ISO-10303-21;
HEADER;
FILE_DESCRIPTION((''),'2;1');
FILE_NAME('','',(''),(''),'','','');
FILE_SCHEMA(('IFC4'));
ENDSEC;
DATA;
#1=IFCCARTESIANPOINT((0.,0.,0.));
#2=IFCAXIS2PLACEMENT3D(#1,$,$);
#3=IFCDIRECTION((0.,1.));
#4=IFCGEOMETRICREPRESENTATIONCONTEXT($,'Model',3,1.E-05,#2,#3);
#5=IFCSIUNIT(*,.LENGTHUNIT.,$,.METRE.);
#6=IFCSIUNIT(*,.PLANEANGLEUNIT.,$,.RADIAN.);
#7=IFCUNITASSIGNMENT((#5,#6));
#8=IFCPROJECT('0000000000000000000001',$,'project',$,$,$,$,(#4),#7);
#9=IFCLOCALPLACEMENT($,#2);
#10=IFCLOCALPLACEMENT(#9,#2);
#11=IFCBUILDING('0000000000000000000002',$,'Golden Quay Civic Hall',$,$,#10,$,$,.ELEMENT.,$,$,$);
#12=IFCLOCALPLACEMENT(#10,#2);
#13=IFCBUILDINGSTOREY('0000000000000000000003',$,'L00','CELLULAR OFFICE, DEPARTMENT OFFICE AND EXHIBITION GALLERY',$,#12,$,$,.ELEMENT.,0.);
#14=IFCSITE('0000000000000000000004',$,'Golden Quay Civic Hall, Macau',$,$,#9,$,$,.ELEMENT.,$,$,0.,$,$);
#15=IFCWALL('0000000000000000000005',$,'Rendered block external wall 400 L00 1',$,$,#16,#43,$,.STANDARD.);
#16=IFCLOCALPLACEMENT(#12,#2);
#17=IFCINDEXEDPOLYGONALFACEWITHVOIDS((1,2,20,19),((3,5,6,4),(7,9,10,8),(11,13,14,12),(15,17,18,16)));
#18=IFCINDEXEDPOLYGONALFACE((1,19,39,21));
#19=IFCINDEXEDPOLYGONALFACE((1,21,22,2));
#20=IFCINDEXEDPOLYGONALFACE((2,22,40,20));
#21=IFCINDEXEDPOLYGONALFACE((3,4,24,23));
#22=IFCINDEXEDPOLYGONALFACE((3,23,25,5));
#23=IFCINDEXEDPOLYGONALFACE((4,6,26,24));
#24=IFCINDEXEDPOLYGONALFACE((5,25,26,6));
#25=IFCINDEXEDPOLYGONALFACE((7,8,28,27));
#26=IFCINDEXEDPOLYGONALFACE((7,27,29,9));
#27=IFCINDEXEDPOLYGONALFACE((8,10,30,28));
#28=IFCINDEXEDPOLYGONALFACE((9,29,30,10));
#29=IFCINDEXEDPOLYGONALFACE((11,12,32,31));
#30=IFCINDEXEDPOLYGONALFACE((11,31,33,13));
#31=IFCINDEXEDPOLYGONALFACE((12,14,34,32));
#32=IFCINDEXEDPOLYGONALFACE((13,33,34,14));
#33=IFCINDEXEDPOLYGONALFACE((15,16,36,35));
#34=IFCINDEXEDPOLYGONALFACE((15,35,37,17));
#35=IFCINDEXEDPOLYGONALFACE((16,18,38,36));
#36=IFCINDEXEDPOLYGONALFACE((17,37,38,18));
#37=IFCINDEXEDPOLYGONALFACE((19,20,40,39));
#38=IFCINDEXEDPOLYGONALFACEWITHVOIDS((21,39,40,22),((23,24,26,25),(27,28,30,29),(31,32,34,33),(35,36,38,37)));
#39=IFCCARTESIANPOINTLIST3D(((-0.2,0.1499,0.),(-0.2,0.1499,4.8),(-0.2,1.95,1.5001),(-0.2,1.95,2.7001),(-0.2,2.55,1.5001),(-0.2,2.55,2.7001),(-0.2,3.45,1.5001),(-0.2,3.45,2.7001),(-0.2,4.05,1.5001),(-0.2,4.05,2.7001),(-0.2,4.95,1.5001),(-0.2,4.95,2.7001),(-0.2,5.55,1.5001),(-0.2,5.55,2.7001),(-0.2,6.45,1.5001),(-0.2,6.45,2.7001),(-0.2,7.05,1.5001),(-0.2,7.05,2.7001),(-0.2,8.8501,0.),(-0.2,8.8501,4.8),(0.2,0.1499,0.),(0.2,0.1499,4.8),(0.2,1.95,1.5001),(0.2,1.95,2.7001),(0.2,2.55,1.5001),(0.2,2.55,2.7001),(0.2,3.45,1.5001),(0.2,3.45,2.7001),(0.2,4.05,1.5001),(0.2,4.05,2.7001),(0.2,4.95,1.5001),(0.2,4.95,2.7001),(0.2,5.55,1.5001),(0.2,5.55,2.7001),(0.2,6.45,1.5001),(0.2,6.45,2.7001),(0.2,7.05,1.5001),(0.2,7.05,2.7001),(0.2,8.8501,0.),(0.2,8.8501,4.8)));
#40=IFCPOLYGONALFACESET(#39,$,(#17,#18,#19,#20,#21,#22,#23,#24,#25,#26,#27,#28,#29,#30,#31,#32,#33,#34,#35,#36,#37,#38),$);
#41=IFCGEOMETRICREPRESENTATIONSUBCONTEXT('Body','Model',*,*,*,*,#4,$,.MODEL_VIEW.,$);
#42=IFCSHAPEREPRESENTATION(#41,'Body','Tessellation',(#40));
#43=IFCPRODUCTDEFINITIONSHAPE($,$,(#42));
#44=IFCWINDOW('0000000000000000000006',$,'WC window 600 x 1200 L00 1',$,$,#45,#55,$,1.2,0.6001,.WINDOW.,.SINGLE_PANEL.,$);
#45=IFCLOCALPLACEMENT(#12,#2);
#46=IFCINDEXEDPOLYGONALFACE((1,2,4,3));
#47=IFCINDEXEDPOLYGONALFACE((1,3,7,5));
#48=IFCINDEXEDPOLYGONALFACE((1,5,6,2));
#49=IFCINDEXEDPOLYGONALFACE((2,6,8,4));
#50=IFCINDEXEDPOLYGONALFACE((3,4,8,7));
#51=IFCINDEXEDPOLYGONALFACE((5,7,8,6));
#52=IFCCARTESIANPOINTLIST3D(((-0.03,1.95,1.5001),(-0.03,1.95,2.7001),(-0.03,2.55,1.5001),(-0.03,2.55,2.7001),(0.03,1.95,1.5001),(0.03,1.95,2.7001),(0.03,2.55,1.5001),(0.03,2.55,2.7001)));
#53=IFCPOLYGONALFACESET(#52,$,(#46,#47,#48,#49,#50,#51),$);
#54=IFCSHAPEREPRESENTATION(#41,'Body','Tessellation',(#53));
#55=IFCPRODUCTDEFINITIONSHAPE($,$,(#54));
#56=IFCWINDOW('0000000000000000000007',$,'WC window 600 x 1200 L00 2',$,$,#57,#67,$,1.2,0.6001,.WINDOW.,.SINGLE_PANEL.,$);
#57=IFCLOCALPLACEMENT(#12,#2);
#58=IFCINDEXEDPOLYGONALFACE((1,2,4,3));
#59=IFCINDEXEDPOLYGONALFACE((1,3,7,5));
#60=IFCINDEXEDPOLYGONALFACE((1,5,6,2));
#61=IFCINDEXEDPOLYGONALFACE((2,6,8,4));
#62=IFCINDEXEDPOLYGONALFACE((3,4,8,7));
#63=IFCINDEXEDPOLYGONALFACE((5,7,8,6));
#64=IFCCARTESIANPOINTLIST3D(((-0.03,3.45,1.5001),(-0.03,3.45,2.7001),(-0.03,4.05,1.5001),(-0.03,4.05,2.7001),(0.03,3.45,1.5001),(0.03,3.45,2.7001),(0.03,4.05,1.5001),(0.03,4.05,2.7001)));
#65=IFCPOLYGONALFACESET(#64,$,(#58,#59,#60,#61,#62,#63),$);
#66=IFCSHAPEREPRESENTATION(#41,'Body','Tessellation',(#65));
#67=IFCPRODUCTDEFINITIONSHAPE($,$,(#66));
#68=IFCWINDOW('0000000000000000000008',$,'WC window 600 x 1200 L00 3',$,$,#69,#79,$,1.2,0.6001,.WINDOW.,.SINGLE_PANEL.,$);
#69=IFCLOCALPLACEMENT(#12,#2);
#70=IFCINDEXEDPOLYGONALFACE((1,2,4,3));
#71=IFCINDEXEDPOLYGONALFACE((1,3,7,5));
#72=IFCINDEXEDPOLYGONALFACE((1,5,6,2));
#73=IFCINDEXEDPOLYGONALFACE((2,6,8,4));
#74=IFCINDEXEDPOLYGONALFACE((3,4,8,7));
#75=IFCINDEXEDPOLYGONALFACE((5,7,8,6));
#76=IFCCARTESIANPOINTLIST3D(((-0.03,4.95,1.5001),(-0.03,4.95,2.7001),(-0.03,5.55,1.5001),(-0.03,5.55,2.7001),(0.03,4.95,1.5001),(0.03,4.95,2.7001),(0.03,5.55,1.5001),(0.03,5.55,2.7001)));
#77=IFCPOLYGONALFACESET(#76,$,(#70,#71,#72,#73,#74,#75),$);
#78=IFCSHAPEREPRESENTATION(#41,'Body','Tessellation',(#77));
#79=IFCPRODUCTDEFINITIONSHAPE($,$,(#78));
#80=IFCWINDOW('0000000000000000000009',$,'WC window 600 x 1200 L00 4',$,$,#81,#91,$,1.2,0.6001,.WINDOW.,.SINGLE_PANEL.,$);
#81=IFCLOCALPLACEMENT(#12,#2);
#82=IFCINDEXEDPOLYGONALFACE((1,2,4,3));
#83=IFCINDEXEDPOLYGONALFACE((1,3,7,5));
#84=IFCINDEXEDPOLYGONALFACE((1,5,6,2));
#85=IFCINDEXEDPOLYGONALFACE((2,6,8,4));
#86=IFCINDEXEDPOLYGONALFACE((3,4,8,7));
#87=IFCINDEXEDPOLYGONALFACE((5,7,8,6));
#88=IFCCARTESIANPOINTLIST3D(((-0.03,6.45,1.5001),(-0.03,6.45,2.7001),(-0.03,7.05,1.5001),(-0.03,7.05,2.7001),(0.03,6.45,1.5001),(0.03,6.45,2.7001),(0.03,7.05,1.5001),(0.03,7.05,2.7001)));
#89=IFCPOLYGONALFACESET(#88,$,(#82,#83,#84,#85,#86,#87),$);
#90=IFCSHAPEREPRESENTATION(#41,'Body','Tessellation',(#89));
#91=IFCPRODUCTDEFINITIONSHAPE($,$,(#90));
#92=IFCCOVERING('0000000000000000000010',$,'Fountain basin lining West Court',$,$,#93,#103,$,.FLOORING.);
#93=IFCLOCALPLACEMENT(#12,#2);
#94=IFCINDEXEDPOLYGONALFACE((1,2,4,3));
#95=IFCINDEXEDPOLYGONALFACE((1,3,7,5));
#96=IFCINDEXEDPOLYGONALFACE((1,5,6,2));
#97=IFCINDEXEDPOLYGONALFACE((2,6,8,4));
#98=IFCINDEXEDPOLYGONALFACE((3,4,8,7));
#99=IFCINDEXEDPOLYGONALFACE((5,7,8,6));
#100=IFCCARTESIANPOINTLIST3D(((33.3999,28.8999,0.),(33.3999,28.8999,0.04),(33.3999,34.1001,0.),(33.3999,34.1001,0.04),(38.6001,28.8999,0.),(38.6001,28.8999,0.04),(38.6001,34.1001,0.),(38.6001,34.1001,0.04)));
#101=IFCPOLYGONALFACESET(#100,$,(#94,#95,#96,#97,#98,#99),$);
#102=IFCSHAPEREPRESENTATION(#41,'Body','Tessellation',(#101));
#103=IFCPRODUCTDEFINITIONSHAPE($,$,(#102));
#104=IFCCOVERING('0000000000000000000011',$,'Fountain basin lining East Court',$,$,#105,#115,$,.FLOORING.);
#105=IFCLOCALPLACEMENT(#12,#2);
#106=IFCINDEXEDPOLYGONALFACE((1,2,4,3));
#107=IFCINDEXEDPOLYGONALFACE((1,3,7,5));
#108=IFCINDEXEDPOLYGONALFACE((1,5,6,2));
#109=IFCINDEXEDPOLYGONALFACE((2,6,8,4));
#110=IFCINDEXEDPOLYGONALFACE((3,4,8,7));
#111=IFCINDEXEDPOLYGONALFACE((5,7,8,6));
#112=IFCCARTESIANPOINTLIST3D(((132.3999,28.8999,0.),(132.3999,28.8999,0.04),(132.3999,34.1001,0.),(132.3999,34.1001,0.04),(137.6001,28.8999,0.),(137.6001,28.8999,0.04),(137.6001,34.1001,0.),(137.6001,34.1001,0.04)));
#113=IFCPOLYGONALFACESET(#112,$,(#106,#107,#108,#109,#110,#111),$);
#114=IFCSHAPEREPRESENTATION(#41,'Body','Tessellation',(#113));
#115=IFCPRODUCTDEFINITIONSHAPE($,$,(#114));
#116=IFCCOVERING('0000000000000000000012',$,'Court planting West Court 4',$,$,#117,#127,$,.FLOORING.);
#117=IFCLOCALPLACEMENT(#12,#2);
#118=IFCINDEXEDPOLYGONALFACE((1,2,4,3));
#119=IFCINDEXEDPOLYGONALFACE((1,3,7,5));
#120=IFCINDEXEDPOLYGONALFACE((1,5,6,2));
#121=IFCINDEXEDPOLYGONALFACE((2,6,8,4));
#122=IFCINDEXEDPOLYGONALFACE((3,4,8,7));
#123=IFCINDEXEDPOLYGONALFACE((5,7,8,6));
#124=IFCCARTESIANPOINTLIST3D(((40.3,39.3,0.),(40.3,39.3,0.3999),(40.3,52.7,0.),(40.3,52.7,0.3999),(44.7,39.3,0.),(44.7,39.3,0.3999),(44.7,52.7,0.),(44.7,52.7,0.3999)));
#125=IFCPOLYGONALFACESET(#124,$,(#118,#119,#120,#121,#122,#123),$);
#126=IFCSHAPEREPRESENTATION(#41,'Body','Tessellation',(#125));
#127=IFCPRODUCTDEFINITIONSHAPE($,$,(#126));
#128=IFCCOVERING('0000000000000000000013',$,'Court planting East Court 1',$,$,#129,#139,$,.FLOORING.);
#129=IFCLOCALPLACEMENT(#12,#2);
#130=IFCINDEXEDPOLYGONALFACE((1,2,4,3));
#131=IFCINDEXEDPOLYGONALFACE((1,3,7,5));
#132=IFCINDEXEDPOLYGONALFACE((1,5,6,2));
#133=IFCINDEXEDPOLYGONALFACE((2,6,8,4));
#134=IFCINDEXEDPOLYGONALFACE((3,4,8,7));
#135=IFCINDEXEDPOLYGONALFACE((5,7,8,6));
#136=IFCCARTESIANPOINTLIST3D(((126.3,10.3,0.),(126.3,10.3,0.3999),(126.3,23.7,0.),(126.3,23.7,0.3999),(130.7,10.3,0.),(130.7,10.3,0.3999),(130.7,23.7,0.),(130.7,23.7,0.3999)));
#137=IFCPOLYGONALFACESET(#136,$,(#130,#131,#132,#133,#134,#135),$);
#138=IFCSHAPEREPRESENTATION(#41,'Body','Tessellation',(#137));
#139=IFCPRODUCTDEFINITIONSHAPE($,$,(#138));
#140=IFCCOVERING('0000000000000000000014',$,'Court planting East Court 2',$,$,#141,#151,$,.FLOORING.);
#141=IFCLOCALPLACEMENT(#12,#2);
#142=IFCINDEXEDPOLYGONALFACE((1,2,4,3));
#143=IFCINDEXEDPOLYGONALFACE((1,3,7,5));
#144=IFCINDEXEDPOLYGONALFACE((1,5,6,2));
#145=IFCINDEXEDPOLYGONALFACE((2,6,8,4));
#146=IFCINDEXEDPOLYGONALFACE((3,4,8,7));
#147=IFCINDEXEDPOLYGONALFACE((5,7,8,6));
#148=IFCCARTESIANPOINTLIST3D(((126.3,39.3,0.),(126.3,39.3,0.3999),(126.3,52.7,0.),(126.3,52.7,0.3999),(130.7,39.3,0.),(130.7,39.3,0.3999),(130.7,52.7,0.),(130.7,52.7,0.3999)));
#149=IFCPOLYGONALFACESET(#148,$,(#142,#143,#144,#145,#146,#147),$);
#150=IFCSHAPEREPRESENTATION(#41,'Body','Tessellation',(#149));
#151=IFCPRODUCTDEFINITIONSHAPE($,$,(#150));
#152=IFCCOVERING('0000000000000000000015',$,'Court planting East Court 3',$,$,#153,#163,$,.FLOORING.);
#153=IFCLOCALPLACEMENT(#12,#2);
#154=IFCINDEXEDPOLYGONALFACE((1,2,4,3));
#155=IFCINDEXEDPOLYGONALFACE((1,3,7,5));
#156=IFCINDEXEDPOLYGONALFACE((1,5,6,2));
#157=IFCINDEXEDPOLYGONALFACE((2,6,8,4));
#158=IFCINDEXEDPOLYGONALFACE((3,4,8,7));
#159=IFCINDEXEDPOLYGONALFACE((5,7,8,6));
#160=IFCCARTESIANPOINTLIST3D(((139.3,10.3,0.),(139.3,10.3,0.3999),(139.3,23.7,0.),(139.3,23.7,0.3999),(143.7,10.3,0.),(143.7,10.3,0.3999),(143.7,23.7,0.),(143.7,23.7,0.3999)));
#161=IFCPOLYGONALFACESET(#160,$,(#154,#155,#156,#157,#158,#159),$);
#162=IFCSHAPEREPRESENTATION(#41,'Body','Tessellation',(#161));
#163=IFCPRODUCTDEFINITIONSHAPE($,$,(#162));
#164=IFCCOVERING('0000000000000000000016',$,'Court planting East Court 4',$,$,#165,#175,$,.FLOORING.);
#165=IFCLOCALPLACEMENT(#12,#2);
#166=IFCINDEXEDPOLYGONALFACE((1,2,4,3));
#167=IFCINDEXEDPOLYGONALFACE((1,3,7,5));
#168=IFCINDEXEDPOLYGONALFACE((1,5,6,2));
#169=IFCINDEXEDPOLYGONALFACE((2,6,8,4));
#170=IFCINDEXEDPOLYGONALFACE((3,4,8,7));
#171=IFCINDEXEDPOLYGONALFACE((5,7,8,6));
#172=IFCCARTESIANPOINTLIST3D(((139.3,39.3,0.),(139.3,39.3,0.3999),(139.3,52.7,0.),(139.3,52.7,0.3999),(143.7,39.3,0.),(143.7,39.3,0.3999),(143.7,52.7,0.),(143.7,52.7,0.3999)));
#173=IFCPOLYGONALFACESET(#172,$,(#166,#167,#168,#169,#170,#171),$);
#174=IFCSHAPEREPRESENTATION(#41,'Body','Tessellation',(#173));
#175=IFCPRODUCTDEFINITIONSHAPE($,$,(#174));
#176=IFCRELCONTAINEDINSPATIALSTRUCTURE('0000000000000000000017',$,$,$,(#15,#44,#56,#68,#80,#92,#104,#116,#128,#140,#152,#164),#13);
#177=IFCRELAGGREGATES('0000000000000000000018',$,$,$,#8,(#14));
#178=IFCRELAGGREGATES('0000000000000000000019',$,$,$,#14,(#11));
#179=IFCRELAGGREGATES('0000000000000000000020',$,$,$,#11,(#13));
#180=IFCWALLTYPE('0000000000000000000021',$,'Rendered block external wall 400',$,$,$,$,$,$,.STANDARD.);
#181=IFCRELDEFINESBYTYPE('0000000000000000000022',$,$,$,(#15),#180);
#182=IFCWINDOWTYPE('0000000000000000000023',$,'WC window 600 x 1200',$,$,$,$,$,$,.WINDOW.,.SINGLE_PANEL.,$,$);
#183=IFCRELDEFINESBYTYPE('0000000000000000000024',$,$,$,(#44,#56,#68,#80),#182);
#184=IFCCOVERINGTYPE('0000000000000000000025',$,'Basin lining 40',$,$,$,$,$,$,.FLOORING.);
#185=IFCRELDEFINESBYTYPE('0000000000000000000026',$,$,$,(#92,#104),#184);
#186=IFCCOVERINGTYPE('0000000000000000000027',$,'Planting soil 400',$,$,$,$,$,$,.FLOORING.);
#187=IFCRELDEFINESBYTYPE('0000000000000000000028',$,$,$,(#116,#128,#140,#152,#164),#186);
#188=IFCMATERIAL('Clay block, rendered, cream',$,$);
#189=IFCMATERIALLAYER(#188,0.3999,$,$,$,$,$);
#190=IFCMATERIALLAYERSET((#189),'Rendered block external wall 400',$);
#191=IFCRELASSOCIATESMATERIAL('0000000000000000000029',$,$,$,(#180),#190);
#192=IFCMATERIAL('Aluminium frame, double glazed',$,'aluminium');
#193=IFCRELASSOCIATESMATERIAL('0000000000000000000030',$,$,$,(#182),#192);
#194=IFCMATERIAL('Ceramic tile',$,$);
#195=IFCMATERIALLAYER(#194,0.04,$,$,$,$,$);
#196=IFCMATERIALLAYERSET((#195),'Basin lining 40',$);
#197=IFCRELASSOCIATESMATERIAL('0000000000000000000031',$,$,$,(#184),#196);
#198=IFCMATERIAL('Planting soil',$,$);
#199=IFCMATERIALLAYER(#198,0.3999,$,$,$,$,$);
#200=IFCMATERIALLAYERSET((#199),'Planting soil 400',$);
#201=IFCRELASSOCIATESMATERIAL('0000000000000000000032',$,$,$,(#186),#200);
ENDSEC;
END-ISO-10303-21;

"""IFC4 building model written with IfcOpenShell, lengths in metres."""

from ifc_helpers import new_model, si_unit, direction, frame, frame_2d, origin, place, context, subcontext, project, spatial, polyline, rectangle, outline, extrude, material, layer, layer_set, type_object, element, fill, save


model = new_model("IFC4")

# Units and contexts
model_context = context("Model", 3, precision=1e-05, world=origin(), true_north=direction((0.0, 1.0)))
body_context = subcontext(model_context, "Body", "Model", "MODEL_VIEW")
ifc_project = project(units=[si_unit("LENGTHUNIT", "METRE"), si_unit("PLANEANGLEUNIT", "RADIAN")], contexts=[model_context])

# Site, building, storey
site_placement = place(None, origin())
site = spatial("IfcSite", under=ifc_project, at=site_placement, Name="Golden Quay Civic Hall, Macau", CompositionType="ELEMENT", RefElevation=0.0)
building_placement = place(site_placement, origin())
building = spatial("IfcBuilding", under=site, at=building_placement, Name="Golden Quay Civic Hall", CompositionType="ELEMENT")
storey_placement = place(building_placement, origin())
storey = spatial("IfcBuildingStorey", under=building, at=storey_placement, Name="L00", Description="CELLULAR OFFICE, DEPARTMENT OFFICE AND EXHIBITION GALLERY", CompositionType="ELEMENT", Elevation=0.0)

# Wall, openings, windows
ifc_material_1 = material(Name="Clay block, rendered, cream")
ifc_layer_1 = layer(ifc_material_1, 0.3999)
ifc_layer_set_1 = layer_set([ifc_layer_1], Name="Rendered block external wall 400")
wall_type_1 = type_object("IfcWallType", Name="Rendered block external wall 400", PredefinedType="STANDARD", material=ifc_layer_set_1)
wall_placement = place(storey_placement, frame((0.0, 0.1499, 0.0), z_axis=(0.0, 0.0, 1.0), x_axis=(0.0, 1.0, 0.0)))
wall = element("IfcWall", 1, at=wall_placement, inside=storey, type_object=wall_type_1, Name="Rendered block external wall 400 L00 1", PredefinedType="STANDARD", context=body_context, shape_type="SweptSolid", body=[
    extrude(rectangle(XDim=8.7002, YDim=0.3999, at=frame_2d((4.3501, 0.0))), origin(), (0.0, 0.0, 1.0), 4.8),
])
opening_1_placement = place(wall_placement, frame((1.8, 0.0, 1.5)))
opening_1 = element("IfcOpeningElement", 2, at=opening_1_placement, cuts=wall, PredefinedType="OPENING", context=body_context, shape_type="SweptSolid", body=[
    extrude(rectangle(XDim=0.6001, YDim=1.2, at=frame_2d((0.3, 0.6001))), frame((0.0, 0.21, 0.0), z_axis=(0.0, -1.0, 0.0), x_axis=(1.0, 0.0, 0.0)), (0.0, 0.0, 1.0), 0.4199),
])
opening_2_placement = place(wall_placement, frame((3.3, 0.0, 1.5)))
opening_2 = element("IfcOpeningElement", 3, at=opening_2_placement, cuts=wall, PredefinedType="OPENING", context=body_context, shape_type="SweptSolid", body=[
    extrude(rectangle(XDim=0.6001, YDim=1.2, at=frame_2d((0.3, 0.6001))), frame((0.0, 0.21, 0.0), z_axis=(0.0, -1.0, 0.0), x_axis=(1.0, 0.0, 0.0)), (0.0, 0.0, 1.0), 0.4199),
])
opening_3_placement = place(wall_placement, frame((4.8, 0.0, 1.5)))
opening_3 = element("IfcOpeningElement", 4, at=opening_3_placement, cuts=wall, PredefinedType="OPENING", context=body_context, shape_type="SweptSolid", body=[
    extrude(rectangle(XDim=0.6001, YDim=1.2, at=frame_2d((0.3, 0.6001))), frame((0.0, 0.21, 0.0), z_axis=(0.0, -1.0, 0.0), x_axis=(1.0, 0.0, 0.0)), (0.0, 0.0, 1.0), 0.4199),
])
opening_4_placement = place(wall_placement, frame((6.3, 0.0, 1.5)))
opening_4 = element("IfcOpeningElement", 5, at=opening_4_placement, cuts=wall, PredefinedType="OPENING", context=body_context, shape_type="SweptSolid", body=[
    extrude(rectangle(XDim=0.6001, YDim=1.2, at=frame_2d((0.3, 0.6001))), frame((0.0, 0.21, 0.0), z_axis=(0.0, -1.0, 0.0), x_axis=(1.0, 0.0, 0.0)), (0.0, 0.0, 1.0), 0.4199),
])
ifc_material_2 = material(Name="Aluminium frame, double glazed", Category="aluminium")
window_type = type_object("IfcWindowType", Name="WC window 600 x 1200", PartitioningType="SINGLE_PANEL", PredefinedType="WINDOW", material=ifc_material_2)
window_1_placement = place(opening_1_placement, origin())
window_1 = element("IfcWindow", 6, at=window_1_placement, inside=storey, type_object=window_type, Name="WC window 600 x 1200 L00 1", OverallHeight=1.2, OverallWidth=0.6001, PartitioningType="SINGLE_PANEL", PredefinedType="WINDOW", context=body_context, shape_type="SweptSolid", body=[
    extrude(rectangle(XDim=0.6001, YDim=1.2, at=frame_2d((0.3, 0.6001))), frame((0.0, 0.03, 0.0), z_axis=(0.0, -1.0, 0.0), x_axis=(1.0, 0.0, 0.0)), (0.0, 0.0, 1.0), 0.0601),
])
fill(opening_1, window_1)
window_2_placement = place(opening_2_placement, origin())
window_2 = element("IfcWindow", 7, at=window_2_placement, inside=storey, type_object=window_type, Name="WC window 600 x 1200 L00 2", OverallHeight=1.2, OverallWidth=0.6001, PartitioningType="SINGLE_PANEL", PredefinedType="WINDOW", context=body_context, shape_type="SweptSolid", body=[
    extrude(rectangle(XDim=0.6001, YDim=1.2, at=frame_2d((0.3, 0.6001))), frame((0.0, 0.03, 0.0), z_axis=(0.0, -1.0, 0.0), x_axis=(1.0, 0.0, 0.0)), (0.0, 0.0, 1.0), 0.0601),
])
fill(opening_2, window_2)
window_3_placement = place(opening_3_placement, origin())
window_3 = element("IfcWindow", 8, at=window_3_placement, inside=storey, type_object=window_type, Name="WC window 600 x 1200 L00 3", OverallHeight=1.2, OverallWidth=0.6001, PartitioningType="SINGLE_PANEL", PredefinedType="WINDOW", context=body_context, shape_type="SweptSolid", body=[
    extrude(rectangle(XDim=0.6001, YDim=1.2, at=frame_2d((0.3, 0.6001))), frame((0.0, 0.03, 0.0), z_axis=(0.0, -1.0, 0.0), x_axis=(1.0, 0.0, 0.0)), (0.0, 0.0, 1.0), 0.0601),
])
fill(opening_3, window_3)
window_4_placement = place(opening_4_placement, origin())
window_4 = element("IfcWindow", 9, at=window_4_placement, inside=storey, type_object=window_type, Name="WC window 600 x 1200 L00 4", OverallHeight=1.2, OverallWidth=0.6001, PartitioningType="SINGLE_PANEL", PredefinedType="WINDOW", context=body_context, shape_type="SweptSolid", body=[
    extrude(rectangle(XDim=0.6001, YDim=1.2, at=frame_2d((0.3, 0.6001))), frame((0.0, 0.03, 0.0), z_axis=(0.0, -1.0, 0.0), x_axis=(1.0, 0.0, 0.0)), (0.0, 0.0, 1.0), 0.0601),
])
fill(opening_4, window_4)

# Coverings
ifc_material_3 = material(Name="Ceramic tile")
ifc_layer_2 = layer(ifc_material_3, 0.04)
ifc_layer_set_2 = layer_set([ifc_layer_2], Name="Basin lining 40")
covering_type_1 = type_object("IfcCoveringType", Name="Basin lining 40", PredefinedType="FLOORING", material=ifc_layer_set_2)
covering_1_placement = place(storey_placement, origin())
element("IfcCovering", 10, at=covering_1_placement, inside=storey, type_object=covering_type_1, Name="Fountain basin lining West Court", PredefinedType="FLOORING", context=body_context, shape_type="SweptSolid", body=[
    extrude(outline(polyline([(33.3999, 28.8999), (38.6001, 28.8999), (38.6001, 34.1001), (33.3999, 34.1001), (33.3999, 28.8999)])), origin(), (0.0, 0.0, 1.0), 0.04),
])
covering_2_placement = place(storey_placement, origin())
element("IfcCovering", 11, at=covering_2_placement, inside=storey, type_object=covering_type_1, Name="Fountain basin lining East Court", PredefinedType="FLOORING", context=body_context, shape_type="SweptSolid", body=[
    extrude(outline(polyline([(132.3999, 28.8999), (137.6001, 28.8999), (137.6001, 34.1001), (132.3999, 34.1001), (132.3999, 28.8999)])), origin(), (0.0, 0.0, 1.0), 0.04),
])
ifc_material_4 = material(Name="Planting soil")
ifc_layer_3 = layer(ifc_material_4, 0.3999)
ifc_layer_set_3 = layer_set([ifc_layer_3], Name="Planting soil 400")
covering_type_2 = type_object("IfcCoveringType", Name="Planting soil 400", PredefinedType="FLOORING", material=ifc_layer_set_3)
covering_3_placement = place(storey_placement, origin())
element("IfcCovering", 12, at=covering_3_placement, inside=storey, type_object=covering_type_2, Name="Court planting West Court 4", PredefinedType="FLOORING", context=body_context, shape_type="SweptSolid", body=[
    extrude(outline(polyline([(40.3, 39.3), (44.7, 39.3), (44.7, 52.7), (40.3, 52.7), (40.3, 39.3)])), origin(), (0.0, 0.0, 1.0), 0.3999),
])
covering_4_placement = place(storey_placement, origin())
element("IfcCovering", 13, at=covering_4_placement, inside=storey, type_object=covering_type_2, Name="Court planting East Court 1", PredefinedType="FLOORING", context=body_context, shape_type="SweptSolid", body=[
    extrude(outline(polyline([(126.3, 10.3), (130.7, 10.3), (130.7, 23.7), (126.3, 23.7), (126.3, 10.3)])), origin(), (0.0, 0.0, 1.0), 0.3999),
])
covering_5_placement = place(storey_placement, origin())
element("IfcCovering", 14, at=covering_5_placement, inside=storey, type_object=covering_type_2, Name="Court planting East Court 2", PredefinedType="FLOORING", context=body_context, shape_type="SweptSolid", body=[
    extrude(outline(polyline([(126.3, 39.3), (130.7, 39.3), (130.7, 52.7), (126.3, 52.7), (126.3, 39.3)])), origin(), (0.0, 0.0, 1.0), 0.3999),
])
covering_6_placement = place(storey_placement, origin())
element("IfcCovering", 15, at=covering_6_placement, inside=storey, type_object=covering_type_2, Name="Court planting East Court 3", PredefinedType="FLOORING", context=body_context, shape_type="SweptSolid", body=[
    extrude(outline(polyline([(139.3, 10.3), (143.7, 10.3), (143.7, 23.7), (139.3, 23.7), (139.3, 10.3)])), origin(), (0.0, 0.0, 1.0), 0.3999),
])
covering_7_placement = place(storey_placement, origin())
element("IfcCovering", 16, at=covering_7_placement, inside=storey, type_object=covering_type_2, Name="Court planting East Court 4", PredefinedType="FLOORING", context=body_context, shape_type="SweptSolid", body=[
    extrude(outline(polyline([(139.3, 39.3), (143.7, 39.3), (143.7, 52.7), (139.3, 52.7), (139.3, 39.3)])), origin(), (0.0, 0.0, 1.0), 0.3999),
])

save(model, "model.ifc")
